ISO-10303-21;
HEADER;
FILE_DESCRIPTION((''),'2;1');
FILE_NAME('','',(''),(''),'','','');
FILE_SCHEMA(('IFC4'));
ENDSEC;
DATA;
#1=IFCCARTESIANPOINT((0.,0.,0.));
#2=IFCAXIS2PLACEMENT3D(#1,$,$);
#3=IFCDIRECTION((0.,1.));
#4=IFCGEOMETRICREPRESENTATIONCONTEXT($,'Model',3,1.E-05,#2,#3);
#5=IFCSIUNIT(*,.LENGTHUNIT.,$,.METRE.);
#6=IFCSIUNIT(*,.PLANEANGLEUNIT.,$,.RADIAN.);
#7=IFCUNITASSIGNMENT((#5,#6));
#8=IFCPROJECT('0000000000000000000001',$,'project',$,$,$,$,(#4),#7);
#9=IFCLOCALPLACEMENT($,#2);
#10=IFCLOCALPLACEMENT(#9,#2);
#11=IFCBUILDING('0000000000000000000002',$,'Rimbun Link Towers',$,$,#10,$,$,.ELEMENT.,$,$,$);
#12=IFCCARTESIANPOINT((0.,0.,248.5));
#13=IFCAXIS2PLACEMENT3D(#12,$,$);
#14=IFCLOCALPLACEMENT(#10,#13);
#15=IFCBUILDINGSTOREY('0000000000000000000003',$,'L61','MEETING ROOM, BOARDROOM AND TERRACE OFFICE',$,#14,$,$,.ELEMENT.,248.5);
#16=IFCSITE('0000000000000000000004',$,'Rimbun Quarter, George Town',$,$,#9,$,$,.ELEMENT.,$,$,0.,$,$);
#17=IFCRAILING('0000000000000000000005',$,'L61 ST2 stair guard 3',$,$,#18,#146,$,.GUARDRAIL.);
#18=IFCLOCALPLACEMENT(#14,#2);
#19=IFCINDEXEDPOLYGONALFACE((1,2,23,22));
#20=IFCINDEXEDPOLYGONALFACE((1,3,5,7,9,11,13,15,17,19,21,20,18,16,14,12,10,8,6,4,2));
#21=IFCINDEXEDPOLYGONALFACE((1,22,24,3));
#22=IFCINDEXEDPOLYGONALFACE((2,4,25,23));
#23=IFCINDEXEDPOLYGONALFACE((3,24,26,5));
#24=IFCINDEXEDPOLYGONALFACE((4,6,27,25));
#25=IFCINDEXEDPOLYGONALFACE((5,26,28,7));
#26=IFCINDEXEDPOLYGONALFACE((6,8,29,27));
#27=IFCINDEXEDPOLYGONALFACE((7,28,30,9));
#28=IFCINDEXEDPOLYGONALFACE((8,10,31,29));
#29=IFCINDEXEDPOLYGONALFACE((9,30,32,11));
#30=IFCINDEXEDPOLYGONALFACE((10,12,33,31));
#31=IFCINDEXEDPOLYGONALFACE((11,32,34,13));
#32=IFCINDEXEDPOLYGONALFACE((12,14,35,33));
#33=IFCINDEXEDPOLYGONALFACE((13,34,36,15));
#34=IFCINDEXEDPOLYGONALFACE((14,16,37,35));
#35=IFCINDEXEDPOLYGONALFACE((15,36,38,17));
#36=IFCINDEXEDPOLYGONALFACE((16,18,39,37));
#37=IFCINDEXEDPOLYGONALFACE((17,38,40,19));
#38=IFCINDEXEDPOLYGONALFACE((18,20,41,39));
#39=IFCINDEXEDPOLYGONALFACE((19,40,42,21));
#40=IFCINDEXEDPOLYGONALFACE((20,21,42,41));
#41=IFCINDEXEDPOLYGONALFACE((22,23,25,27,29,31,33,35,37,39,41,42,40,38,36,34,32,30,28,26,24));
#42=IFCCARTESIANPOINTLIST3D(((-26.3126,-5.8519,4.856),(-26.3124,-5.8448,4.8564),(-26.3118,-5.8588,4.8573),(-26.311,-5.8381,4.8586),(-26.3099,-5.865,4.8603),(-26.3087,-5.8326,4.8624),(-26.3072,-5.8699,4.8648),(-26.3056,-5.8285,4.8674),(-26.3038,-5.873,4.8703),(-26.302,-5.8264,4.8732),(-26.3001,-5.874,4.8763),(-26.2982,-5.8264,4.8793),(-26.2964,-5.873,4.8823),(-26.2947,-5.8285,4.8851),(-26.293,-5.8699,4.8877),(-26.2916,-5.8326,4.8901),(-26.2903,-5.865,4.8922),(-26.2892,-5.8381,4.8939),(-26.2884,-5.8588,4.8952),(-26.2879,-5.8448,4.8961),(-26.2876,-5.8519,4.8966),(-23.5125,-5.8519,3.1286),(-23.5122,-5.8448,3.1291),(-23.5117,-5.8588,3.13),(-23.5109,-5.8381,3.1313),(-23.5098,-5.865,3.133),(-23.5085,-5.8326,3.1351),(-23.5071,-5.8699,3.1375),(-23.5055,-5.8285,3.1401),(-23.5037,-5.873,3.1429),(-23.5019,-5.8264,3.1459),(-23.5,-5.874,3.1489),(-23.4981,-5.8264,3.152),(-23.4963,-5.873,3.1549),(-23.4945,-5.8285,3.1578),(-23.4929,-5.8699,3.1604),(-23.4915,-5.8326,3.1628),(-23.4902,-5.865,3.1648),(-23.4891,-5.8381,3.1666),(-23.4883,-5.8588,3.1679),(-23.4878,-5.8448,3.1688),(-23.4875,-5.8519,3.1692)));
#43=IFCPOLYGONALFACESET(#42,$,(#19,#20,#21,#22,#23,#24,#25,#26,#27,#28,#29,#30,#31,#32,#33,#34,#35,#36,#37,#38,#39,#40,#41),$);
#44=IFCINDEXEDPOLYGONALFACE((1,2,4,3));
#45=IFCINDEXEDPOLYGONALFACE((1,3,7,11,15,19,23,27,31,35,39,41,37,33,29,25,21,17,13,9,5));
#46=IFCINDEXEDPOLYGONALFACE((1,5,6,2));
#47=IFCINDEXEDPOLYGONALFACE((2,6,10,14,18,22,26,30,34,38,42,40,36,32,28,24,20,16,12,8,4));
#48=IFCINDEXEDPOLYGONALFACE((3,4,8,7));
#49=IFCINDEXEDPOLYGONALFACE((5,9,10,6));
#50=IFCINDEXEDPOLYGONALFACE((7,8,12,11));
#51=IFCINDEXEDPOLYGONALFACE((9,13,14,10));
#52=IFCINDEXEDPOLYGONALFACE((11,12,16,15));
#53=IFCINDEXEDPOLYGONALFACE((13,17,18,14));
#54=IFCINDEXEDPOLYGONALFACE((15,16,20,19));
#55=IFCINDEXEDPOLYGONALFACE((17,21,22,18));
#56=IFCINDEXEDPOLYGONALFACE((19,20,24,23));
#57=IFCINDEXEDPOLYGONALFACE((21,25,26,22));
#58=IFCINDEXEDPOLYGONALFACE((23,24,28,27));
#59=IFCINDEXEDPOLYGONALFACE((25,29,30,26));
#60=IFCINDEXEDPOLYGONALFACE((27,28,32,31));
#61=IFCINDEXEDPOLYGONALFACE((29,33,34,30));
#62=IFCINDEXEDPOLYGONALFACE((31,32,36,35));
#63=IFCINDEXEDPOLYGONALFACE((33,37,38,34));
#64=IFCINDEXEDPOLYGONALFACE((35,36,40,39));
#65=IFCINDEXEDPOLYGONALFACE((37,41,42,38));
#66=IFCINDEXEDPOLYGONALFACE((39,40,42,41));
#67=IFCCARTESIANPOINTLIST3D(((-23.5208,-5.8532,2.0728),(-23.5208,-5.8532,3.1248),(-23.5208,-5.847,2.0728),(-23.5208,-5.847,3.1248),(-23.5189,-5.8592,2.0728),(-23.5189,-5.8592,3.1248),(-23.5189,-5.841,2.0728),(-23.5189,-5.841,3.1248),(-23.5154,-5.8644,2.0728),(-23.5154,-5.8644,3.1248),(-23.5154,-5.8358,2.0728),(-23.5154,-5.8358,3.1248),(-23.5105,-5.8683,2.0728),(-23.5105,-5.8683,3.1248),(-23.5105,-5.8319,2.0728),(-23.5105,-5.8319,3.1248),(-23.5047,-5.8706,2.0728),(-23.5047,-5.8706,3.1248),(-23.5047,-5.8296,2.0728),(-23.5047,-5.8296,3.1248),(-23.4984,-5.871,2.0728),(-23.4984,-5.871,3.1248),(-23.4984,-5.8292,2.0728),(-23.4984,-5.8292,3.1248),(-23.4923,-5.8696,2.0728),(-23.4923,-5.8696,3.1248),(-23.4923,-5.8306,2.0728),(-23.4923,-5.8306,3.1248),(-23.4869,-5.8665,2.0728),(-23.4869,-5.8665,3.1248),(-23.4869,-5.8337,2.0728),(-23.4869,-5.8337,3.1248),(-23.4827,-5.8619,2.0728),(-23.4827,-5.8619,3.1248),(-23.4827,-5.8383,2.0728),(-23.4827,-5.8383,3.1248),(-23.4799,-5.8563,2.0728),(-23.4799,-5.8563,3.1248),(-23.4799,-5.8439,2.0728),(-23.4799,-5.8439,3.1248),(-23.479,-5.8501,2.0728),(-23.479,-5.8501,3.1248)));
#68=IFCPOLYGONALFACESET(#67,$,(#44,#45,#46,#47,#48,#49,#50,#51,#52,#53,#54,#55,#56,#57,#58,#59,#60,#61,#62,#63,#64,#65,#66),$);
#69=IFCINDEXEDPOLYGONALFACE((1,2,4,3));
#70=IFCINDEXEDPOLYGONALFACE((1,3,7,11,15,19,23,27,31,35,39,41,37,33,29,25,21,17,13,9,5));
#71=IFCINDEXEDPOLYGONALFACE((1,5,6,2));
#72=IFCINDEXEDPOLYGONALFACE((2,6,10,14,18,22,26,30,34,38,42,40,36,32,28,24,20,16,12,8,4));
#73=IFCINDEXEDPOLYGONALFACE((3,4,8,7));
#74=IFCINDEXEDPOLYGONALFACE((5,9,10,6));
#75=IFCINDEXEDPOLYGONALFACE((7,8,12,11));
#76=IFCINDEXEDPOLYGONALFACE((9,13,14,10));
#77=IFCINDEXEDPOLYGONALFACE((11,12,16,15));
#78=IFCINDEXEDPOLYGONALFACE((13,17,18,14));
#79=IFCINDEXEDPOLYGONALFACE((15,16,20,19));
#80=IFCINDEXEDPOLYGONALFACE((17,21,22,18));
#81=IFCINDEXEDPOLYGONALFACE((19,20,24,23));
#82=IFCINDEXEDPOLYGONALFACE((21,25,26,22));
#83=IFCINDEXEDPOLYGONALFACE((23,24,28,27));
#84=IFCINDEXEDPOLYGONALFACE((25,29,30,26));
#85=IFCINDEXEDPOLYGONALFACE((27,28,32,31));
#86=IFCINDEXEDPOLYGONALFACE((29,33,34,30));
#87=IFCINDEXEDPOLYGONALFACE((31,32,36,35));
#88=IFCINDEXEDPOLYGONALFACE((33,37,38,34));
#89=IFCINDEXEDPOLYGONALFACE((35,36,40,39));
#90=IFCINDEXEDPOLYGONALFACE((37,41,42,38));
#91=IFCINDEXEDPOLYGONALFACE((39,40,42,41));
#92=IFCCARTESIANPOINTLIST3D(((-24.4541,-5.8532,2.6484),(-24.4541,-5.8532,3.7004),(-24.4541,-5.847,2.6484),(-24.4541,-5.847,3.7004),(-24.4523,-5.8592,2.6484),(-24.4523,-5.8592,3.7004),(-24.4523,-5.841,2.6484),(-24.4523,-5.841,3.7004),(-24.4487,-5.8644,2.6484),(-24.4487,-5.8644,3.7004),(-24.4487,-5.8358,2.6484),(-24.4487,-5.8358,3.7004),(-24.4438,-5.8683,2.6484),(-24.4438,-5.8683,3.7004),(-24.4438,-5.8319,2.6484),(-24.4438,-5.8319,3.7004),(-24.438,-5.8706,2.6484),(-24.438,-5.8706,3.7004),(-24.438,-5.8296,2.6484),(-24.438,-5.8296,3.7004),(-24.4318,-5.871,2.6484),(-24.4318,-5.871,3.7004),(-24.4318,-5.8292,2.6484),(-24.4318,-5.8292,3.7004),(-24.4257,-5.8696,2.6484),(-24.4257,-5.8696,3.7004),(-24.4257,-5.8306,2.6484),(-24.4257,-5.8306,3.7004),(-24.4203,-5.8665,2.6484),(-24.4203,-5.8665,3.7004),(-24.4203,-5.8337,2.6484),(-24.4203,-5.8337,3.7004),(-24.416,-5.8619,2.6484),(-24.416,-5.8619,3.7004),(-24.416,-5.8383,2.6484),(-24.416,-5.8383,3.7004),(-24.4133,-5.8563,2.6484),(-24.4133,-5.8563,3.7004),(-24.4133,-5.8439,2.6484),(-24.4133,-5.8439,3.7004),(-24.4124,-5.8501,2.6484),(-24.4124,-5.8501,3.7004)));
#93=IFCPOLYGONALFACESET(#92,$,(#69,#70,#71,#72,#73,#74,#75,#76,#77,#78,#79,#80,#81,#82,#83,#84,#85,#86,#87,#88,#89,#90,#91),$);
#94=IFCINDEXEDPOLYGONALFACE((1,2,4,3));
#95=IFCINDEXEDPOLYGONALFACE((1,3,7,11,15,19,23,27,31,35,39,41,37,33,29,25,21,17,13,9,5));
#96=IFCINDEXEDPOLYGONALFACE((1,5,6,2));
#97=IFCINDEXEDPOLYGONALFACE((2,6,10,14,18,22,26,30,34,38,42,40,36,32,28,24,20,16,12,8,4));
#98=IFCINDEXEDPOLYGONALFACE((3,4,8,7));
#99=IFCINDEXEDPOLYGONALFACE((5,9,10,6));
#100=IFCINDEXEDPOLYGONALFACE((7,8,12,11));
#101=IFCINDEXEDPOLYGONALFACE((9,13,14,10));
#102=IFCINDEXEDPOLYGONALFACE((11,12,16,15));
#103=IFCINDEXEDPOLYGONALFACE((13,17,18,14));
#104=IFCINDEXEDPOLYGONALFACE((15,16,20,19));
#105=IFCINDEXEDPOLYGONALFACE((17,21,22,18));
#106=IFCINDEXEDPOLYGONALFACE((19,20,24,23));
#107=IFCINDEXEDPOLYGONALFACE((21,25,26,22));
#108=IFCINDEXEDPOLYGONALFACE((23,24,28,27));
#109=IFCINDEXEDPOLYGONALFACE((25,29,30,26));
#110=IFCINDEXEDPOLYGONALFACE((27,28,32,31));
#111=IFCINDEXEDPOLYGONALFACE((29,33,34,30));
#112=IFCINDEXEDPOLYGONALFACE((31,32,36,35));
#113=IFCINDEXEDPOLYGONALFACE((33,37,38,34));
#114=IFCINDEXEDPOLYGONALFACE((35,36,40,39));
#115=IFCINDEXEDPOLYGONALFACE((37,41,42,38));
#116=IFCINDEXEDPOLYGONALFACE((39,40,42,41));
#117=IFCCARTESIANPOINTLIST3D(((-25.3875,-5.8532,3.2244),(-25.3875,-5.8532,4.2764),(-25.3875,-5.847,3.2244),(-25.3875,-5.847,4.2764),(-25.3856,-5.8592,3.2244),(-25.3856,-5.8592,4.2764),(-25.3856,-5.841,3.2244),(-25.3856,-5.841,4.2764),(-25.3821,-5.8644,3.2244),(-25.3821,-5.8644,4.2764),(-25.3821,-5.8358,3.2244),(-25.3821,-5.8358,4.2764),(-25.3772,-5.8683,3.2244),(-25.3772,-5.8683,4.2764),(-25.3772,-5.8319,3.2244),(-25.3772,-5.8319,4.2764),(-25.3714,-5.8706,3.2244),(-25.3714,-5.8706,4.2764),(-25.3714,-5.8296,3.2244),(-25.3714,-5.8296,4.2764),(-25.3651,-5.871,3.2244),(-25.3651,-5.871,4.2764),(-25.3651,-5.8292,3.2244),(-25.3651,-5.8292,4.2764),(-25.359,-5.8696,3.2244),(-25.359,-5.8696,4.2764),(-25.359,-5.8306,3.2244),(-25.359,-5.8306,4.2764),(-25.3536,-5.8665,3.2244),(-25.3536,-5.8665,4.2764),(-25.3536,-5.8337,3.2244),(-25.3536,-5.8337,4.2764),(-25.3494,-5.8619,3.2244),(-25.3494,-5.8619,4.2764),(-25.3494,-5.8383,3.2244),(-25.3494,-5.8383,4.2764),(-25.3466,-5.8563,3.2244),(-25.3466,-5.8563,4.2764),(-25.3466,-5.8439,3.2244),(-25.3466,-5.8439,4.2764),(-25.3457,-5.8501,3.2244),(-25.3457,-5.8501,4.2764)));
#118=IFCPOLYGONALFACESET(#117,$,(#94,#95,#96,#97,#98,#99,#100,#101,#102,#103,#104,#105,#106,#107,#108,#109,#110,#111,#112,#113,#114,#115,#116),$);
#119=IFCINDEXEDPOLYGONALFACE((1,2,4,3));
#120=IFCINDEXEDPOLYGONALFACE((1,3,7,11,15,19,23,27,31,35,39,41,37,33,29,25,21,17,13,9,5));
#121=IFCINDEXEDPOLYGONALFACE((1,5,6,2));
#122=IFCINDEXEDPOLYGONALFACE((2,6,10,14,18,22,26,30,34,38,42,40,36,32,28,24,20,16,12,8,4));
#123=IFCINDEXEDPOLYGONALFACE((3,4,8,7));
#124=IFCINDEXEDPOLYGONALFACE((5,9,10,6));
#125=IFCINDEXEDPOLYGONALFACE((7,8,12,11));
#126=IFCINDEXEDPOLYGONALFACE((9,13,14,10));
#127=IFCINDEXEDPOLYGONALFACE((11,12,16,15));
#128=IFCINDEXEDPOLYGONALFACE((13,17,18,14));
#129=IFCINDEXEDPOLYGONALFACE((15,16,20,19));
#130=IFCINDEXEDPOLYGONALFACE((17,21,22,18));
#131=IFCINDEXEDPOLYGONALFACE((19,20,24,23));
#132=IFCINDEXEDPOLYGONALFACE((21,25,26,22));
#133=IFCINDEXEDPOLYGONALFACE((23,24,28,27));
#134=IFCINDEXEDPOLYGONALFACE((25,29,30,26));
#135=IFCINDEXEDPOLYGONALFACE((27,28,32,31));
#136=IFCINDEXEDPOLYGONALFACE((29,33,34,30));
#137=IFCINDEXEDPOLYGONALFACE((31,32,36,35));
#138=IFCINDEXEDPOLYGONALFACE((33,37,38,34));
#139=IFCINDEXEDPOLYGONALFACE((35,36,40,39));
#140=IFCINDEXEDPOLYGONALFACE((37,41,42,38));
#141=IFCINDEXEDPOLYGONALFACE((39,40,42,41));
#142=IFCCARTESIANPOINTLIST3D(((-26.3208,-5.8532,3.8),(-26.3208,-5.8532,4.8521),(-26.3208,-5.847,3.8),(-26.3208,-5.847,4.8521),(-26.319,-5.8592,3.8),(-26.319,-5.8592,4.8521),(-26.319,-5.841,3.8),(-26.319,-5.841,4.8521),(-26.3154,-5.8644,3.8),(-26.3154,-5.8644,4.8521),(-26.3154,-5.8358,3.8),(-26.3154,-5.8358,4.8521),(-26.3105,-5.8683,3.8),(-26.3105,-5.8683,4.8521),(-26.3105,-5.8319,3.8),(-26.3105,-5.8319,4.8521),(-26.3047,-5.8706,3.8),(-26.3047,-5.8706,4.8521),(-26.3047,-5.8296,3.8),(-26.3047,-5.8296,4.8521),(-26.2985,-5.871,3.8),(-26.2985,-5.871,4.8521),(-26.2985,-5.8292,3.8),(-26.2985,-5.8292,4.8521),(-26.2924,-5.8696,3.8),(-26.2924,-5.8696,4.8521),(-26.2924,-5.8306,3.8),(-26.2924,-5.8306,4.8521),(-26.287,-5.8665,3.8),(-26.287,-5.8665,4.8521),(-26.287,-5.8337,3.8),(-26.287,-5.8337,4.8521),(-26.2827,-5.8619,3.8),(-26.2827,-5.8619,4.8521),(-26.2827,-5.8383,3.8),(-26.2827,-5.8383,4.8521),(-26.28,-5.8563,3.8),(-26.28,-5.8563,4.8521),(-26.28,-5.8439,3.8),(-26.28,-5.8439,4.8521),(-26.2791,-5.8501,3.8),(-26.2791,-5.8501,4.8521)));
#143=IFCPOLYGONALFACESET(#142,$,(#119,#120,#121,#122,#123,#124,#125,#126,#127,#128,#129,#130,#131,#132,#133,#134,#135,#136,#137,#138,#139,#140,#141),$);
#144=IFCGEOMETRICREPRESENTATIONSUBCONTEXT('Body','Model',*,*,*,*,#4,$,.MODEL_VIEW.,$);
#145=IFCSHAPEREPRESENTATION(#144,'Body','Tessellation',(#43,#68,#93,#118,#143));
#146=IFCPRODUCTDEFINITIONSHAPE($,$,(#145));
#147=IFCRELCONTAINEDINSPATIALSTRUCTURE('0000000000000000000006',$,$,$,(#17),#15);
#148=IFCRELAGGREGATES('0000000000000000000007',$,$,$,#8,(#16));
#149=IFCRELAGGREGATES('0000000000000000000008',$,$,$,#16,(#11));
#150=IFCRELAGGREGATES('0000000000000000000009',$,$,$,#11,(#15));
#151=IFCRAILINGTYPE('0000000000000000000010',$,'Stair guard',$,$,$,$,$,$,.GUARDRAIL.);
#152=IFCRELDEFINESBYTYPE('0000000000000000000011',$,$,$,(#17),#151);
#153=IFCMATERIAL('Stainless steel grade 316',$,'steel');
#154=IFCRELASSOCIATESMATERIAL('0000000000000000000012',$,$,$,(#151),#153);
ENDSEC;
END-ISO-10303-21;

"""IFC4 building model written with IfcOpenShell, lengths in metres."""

from ifc_helpers import new_model, si_unit, direction, frame, origin, origin_2d, place, context, subcontext, project, spatial, circle, extrude, material, type_object, element, save


model = new_model("IFC4")

# Units and contexts
model_context = context("Model", 3, precision=1e-05, world=origin(), true_north=direction((0.0, 1.0)))
body_context = subcontext(model_context, "Body", "Model", "MODEL_VIEW")
ifc_project = project(units=[si_unit("LENGTHUNIT", "METRE"), si_unit("PLANEANGLEUNIT", "RADIAN")], contexts=[model_context])

# Site, building, storey
site_placement = place(None, origin())
site = spatial("IfcSite", under=ifc_project, at=site_placement, Name="Rimbun Quarter, George Town", CompositionType="ELEMENT", RefElevation=0.0)
building_placement = place(site_placement, origin())
building = spatial("IfcBuilding", under=site, at=building_placement, Name="Rimbun Link Towers", CompositionType="ELEMENT")
storey_placement = place(building_placement, frame((0.0, 0.0, 248.5)))
storey = spatial("IfcBuildingStorey", under=building, at=storey_placement, Name="L61", Description="MEETING ROOM, BOARDROOM AND TERRACE OFFICE", CompositionType="ELEMENT", Elevation=248.5)

# Railing
ifc_material_1 = material(Name="Stainless steel grade 316", Category="steel")
railing_type_1 = type_object("IfcRailingType", Name="Stair guard", PredefinedType="GUARDRAIL", material=ifc_material_1)
railing_1_placement = place(storey_placement, frame((-23.5, -5.8501, 2.0728)))
element("IfcRailing", 1, at=railing_1_placement, inside=storey, type_object=railing_type_1, Name="L61 ST2 stair guard 3", PredefinedType="GUARDRAIL", context=body_context, shape_type="SweptSolid", body=[
    extrude(circle(Radius=0.0239, at=origin_2d()), frame((0.0, 0.0, 1.0762), z_axis=(-0.85109, 0.0, 0.52502), x_axis=(0.0, -1.0, 0.0)), (0.0, 0.0, 1.0), 3.29),
    extrude(circle(Radius=0.021, at=origin_2d()), origin(), (0.0, 0.0, 1.0), 1.052),
    extrude(circle(Radius=0.021, at=origin_2d()), frame((-0.9333, 0.0, 0.5757)), (0.0, 0.0, 1.0), 1.052),
    extrude(circle(Radius=0.021, at=origin_2d()), frame((-1.8667, 0.0, 1.1516)), (0.0, 0.0, 1.0), 1.052),
    extrude(circle(Radius=0.021, at=origin_2d()), frame((-2.8, 0.0, 1.7273)), (0.0, 0.0, 1.0), 1.052),
])

save(model, "model.ifc")
